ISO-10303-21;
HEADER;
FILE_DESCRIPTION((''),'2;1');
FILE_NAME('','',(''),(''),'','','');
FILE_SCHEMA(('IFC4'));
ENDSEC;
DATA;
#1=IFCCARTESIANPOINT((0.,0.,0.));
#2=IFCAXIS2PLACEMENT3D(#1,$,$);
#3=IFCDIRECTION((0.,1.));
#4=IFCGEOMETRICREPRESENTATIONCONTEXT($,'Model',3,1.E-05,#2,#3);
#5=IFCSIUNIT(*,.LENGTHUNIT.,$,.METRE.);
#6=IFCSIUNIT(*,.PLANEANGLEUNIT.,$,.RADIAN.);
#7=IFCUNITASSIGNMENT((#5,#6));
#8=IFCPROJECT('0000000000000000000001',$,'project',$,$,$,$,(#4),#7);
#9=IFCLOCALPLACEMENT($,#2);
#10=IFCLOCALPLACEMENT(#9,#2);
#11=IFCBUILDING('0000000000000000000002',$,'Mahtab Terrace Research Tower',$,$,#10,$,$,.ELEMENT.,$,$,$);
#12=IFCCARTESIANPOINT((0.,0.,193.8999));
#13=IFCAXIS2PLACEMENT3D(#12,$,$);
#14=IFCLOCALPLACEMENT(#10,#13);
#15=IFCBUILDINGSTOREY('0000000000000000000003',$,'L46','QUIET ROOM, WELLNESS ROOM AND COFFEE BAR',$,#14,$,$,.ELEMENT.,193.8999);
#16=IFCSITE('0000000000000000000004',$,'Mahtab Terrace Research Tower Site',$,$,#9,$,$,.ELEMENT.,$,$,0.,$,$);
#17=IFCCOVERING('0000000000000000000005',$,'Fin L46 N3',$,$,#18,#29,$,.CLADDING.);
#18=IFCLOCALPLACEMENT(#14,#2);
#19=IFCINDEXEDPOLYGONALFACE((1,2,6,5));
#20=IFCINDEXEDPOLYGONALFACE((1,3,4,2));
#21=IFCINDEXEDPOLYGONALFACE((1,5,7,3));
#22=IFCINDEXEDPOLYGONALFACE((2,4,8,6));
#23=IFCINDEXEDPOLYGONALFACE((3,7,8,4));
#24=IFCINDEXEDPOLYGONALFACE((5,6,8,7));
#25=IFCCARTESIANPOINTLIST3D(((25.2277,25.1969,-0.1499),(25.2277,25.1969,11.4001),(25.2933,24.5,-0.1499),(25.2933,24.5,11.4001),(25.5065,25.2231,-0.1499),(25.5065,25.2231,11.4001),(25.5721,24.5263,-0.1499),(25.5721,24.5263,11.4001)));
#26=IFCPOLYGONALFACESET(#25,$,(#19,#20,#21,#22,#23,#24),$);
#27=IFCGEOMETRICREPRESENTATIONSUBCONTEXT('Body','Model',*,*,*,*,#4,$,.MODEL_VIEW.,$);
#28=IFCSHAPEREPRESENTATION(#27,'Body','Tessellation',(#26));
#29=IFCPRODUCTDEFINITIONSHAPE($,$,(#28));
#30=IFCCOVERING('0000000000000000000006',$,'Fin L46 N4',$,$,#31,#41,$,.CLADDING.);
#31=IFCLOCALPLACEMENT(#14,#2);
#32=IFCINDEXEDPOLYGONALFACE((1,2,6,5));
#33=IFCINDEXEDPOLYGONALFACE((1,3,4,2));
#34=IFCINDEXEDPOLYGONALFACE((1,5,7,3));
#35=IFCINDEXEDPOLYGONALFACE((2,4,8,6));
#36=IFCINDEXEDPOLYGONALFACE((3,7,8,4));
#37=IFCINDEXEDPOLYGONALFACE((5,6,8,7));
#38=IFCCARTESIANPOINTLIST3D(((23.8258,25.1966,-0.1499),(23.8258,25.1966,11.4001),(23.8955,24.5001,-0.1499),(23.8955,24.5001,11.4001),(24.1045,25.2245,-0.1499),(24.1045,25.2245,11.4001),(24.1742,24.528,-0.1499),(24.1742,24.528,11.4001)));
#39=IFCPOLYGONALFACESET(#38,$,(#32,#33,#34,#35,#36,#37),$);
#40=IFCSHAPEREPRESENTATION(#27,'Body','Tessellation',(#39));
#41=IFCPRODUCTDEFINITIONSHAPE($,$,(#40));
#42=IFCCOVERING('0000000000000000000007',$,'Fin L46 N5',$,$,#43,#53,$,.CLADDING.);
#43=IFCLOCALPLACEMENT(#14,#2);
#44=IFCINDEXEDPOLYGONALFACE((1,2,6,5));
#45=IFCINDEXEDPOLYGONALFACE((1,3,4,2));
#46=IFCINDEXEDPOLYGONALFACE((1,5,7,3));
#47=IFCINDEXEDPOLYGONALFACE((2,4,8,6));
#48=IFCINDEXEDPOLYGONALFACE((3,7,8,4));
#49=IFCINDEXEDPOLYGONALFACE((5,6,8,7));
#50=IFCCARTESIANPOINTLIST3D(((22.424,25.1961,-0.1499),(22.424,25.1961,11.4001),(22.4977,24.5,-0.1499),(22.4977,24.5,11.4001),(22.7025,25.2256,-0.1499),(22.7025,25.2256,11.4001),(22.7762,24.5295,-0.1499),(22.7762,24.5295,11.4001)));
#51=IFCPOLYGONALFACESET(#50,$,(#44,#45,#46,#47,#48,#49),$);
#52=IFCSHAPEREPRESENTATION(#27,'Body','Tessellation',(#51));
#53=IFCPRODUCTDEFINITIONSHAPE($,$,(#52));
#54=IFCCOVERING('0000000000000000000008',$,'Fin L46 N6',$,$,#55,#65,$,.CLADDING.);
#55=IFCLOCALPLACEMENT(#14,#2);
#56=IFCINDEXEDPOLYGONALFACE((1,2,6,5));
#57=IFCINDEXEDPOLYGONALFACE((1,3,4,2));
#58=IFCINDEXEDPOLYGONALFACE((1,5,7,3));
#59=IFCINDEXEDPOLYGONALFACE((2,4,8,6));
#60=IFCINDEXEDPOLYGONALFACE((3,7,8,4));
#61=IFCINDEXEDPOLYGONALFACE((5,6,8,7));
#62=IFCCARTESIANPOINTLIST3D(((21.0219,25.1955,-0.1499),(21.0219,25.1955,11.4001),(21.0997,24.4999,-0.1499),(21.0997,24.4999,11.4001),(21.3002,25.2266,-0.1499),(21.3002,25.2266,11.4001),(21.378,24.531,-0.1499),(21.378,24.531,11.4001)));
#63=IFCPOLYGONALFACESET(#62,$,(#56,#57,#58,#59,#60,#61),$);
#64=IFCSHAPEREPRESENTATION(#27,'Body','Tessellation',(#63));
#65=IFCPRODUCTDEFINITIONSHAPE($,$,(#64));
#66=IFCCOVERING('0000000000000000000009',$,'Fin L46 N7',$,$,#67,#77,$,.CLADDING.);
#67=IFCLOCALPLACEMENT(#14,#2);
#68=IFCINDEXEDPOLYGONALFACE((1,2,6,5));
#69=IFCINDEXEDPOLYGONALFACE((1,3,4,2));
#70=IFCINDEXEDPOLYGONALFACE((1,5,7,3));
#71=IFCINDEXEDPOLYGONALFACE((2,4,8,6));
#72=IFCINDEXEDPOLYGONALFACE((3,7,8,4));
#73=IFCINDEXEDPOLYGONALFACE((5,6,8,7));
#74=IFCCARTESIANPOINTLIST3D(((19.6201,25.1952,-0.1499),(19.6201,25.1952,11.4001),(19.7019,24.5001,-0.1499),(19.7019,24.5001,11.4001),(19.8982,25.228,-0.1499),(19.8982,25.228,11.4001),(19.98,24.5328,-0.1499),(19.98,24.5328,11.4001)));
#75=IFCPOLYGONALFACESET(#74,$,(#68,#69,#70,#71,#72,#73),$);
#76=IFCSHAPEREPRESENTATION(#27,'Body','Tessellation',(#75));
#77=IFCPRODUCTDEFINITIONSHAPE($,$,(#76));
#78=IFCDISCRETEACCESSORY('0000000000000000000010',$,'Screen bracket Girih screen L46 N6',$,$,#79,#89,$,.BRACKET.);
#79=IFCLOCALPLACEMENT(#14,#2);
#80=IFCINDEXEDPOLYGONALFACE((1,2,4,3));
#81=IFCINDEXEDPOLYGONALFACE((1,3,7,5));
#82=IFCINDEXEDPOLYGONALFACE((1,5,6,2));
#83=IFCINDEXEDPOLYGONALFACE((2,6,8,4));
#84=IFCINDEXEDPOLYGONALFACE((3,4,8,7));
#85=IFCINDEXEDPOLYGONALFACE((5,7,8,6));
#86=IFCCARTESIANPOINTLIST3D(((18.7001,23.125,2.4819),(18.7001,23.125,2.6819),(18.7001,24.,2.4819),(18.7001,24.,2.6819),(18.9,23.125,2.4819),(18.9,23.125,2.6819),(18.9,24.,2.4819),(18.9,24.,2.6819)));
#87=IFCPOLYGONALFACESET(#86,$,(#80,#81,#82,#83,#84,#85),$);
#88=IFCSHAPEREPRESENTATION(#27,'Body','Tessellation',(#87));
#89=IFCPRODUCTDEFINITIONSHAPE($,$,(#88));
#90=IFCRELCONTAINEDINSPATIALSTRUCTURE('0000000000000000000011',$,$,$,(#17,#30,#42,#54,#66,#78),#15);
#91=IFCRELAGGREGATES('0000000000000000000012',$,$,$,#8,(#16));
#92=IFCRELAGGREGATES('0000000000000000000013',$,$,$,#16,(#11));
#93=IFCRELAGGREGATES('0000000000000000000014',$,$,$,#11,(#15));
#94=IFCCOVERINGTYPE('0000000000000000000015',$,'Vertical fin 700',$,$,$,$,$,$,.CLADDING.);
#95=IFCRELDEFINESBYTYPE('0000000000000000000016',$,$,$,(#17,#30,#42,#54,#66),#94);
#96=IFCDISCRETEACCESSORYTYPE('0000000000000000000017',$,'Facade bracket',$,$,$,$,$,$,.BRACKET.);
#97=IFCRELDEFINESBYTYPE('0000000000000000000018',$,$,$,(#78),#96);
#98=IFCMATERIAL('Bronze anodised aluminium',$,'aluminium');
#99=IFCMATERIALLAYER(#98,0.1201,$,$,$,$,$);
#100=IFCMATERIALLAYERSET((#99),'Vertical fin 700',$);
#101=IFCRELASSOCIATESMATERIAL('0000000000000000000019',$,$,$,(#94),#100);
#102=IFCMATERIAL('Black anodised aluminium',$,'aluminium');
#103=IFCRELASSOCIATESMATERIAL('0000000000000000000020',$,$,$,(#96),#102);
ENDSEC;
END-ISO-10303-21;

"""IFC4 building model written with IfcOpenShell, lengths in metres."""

from ifc_helpers import new_model, si_unit, direction, frame, origin, origin_2d, place, context, subcontext, project, spatial, rectangle, extrude, material, layer, layer_set, type_object, element, save


model = new_model("IFC4")

# Units and contexts
model_context = context("Model", 3, precision=1e-05, world=origin(), true_north=direction((0.0, 1.0)))
body_context = subcontext(model_context, "Body", "Model", "MODEL_VIEW")
ifc_project = project(units=[si_unit("LENGTHUNIT", "METRE"), si_unit("PLANEANGLEUNIT", "RADIAN")], contexts=[model_context])

# Site, building, storey
site_placement = place(None, origin())
site = spatial("IfcSite", under=ifc_project, at=site_placement, Name="Mahtab Terrace Research Tower Site", CompositionType="ELEMENT", RefElevation=0.0)
building_placement = place(site_placement, origin())
building = spatial("IfcBuilding", under=site, at=building_placement, Name="Mahtab Terrace Research Tower", CompositionType="ELEMENT")
storey_placement = place(building_placement, frame((0.0, 0.0, 193.8999)))
storey = spatial("IfcBuildingStorey", under=building, at=storey_placement, Name="L46", Description="QUIET ROOM, WELLNESS ROOM AND COFFEE BAR", CompositionType="ELEMENT", Elevation=193.8999)

# Coverings
ifc_material_1 = material(Name="Bronze anodised aluminium", Category="aluminium")
ifc_layer_1 = layer(ifc_material_1, 0.1201)
ifc_layer_set_1 = layer_set([ifc_layer_1], Name="Vertical fin 700")
covering_type_1 = type_object("IfcCoveringType", Name="Vertical fin 700", PredefinedType="CLADDING", material=ifc_layer_set_1)
for number, where, z_axis, x_axis, name in (
    (1, (25.3999, 24.8616, -0.1499), (0.0, 0.0, 1.0), (-0.995593, -0.093777, 0.0), "Fin L46 N3"),
    (2, (24.0, 24.8623, -0.1499), (0.0, 0.0, 1.0), (-0.995031, -0.099568, 0.0), "Fin L46 N4"),
    (3, (22.6001, 24.8628, -0.1499), (0.0, 0.0, 1.0), (-0.994435, -0.105355, 0.0), "Fin L46 N5"),
    (4, (21.2, 24.8633, -0.1499), (0.0, 0.0, 1.0), (-0.993805, -0.111139, 0.0), "Fin L46 N6"),
    (5, (19.8, 24.864, -0.1499), (0.0, 0.0, 1.0), (-0.993142, -0.116918, 0.0), "Fin L46 N7"),
):
    element("IfcCovering", number, at=place(storey_placement, frame(where, z_axis=z_axis, x_axis=x_axis)), inside=storey, type_object=covering_type_1, Name=name, PredefinedType="CLADDING", context=body_context, shape_type="SweptSolid", body=[
        extrude(rectangle(XDim=0.28, YDim=0.7, at=origin_2d()), origin(), (0.0, 0.0, 1.0), 11.55),
    ])

# Discrete accessory
ifc_material_2 = material(Name="Black anodised aluminium", Category="aluminium")
discrete_accessory_type = type_object("IfcDiscreteAccessoryType", Name="Facade bracket", PredefinedType="BRACKET", material=ifc_material_2)
discrete_accessory_placement = place(storey_placement, frame((18.8, 23.5625, 2.4819), z_axis=(0.0, 0.0, 1.0), x_axis=(-1.0, 0.0, 0.0)))
element("IfcDiscreteAccessory", 6, at=discrete_accessory_placement, inside=storey, type_object=discrete_accessory_type, Name="Screen bracket Girih screen L46 N6", PredefinedType="BRACKET", context=body_context, shape_type="SweptSolid", body=[
    extrude(rectangle(XDim=0.2, YDim=0.875, at=origin_2d()), origin(), (0.0, 0.0, 1.0), 0.2),
])

save(model, "model.ifc")
